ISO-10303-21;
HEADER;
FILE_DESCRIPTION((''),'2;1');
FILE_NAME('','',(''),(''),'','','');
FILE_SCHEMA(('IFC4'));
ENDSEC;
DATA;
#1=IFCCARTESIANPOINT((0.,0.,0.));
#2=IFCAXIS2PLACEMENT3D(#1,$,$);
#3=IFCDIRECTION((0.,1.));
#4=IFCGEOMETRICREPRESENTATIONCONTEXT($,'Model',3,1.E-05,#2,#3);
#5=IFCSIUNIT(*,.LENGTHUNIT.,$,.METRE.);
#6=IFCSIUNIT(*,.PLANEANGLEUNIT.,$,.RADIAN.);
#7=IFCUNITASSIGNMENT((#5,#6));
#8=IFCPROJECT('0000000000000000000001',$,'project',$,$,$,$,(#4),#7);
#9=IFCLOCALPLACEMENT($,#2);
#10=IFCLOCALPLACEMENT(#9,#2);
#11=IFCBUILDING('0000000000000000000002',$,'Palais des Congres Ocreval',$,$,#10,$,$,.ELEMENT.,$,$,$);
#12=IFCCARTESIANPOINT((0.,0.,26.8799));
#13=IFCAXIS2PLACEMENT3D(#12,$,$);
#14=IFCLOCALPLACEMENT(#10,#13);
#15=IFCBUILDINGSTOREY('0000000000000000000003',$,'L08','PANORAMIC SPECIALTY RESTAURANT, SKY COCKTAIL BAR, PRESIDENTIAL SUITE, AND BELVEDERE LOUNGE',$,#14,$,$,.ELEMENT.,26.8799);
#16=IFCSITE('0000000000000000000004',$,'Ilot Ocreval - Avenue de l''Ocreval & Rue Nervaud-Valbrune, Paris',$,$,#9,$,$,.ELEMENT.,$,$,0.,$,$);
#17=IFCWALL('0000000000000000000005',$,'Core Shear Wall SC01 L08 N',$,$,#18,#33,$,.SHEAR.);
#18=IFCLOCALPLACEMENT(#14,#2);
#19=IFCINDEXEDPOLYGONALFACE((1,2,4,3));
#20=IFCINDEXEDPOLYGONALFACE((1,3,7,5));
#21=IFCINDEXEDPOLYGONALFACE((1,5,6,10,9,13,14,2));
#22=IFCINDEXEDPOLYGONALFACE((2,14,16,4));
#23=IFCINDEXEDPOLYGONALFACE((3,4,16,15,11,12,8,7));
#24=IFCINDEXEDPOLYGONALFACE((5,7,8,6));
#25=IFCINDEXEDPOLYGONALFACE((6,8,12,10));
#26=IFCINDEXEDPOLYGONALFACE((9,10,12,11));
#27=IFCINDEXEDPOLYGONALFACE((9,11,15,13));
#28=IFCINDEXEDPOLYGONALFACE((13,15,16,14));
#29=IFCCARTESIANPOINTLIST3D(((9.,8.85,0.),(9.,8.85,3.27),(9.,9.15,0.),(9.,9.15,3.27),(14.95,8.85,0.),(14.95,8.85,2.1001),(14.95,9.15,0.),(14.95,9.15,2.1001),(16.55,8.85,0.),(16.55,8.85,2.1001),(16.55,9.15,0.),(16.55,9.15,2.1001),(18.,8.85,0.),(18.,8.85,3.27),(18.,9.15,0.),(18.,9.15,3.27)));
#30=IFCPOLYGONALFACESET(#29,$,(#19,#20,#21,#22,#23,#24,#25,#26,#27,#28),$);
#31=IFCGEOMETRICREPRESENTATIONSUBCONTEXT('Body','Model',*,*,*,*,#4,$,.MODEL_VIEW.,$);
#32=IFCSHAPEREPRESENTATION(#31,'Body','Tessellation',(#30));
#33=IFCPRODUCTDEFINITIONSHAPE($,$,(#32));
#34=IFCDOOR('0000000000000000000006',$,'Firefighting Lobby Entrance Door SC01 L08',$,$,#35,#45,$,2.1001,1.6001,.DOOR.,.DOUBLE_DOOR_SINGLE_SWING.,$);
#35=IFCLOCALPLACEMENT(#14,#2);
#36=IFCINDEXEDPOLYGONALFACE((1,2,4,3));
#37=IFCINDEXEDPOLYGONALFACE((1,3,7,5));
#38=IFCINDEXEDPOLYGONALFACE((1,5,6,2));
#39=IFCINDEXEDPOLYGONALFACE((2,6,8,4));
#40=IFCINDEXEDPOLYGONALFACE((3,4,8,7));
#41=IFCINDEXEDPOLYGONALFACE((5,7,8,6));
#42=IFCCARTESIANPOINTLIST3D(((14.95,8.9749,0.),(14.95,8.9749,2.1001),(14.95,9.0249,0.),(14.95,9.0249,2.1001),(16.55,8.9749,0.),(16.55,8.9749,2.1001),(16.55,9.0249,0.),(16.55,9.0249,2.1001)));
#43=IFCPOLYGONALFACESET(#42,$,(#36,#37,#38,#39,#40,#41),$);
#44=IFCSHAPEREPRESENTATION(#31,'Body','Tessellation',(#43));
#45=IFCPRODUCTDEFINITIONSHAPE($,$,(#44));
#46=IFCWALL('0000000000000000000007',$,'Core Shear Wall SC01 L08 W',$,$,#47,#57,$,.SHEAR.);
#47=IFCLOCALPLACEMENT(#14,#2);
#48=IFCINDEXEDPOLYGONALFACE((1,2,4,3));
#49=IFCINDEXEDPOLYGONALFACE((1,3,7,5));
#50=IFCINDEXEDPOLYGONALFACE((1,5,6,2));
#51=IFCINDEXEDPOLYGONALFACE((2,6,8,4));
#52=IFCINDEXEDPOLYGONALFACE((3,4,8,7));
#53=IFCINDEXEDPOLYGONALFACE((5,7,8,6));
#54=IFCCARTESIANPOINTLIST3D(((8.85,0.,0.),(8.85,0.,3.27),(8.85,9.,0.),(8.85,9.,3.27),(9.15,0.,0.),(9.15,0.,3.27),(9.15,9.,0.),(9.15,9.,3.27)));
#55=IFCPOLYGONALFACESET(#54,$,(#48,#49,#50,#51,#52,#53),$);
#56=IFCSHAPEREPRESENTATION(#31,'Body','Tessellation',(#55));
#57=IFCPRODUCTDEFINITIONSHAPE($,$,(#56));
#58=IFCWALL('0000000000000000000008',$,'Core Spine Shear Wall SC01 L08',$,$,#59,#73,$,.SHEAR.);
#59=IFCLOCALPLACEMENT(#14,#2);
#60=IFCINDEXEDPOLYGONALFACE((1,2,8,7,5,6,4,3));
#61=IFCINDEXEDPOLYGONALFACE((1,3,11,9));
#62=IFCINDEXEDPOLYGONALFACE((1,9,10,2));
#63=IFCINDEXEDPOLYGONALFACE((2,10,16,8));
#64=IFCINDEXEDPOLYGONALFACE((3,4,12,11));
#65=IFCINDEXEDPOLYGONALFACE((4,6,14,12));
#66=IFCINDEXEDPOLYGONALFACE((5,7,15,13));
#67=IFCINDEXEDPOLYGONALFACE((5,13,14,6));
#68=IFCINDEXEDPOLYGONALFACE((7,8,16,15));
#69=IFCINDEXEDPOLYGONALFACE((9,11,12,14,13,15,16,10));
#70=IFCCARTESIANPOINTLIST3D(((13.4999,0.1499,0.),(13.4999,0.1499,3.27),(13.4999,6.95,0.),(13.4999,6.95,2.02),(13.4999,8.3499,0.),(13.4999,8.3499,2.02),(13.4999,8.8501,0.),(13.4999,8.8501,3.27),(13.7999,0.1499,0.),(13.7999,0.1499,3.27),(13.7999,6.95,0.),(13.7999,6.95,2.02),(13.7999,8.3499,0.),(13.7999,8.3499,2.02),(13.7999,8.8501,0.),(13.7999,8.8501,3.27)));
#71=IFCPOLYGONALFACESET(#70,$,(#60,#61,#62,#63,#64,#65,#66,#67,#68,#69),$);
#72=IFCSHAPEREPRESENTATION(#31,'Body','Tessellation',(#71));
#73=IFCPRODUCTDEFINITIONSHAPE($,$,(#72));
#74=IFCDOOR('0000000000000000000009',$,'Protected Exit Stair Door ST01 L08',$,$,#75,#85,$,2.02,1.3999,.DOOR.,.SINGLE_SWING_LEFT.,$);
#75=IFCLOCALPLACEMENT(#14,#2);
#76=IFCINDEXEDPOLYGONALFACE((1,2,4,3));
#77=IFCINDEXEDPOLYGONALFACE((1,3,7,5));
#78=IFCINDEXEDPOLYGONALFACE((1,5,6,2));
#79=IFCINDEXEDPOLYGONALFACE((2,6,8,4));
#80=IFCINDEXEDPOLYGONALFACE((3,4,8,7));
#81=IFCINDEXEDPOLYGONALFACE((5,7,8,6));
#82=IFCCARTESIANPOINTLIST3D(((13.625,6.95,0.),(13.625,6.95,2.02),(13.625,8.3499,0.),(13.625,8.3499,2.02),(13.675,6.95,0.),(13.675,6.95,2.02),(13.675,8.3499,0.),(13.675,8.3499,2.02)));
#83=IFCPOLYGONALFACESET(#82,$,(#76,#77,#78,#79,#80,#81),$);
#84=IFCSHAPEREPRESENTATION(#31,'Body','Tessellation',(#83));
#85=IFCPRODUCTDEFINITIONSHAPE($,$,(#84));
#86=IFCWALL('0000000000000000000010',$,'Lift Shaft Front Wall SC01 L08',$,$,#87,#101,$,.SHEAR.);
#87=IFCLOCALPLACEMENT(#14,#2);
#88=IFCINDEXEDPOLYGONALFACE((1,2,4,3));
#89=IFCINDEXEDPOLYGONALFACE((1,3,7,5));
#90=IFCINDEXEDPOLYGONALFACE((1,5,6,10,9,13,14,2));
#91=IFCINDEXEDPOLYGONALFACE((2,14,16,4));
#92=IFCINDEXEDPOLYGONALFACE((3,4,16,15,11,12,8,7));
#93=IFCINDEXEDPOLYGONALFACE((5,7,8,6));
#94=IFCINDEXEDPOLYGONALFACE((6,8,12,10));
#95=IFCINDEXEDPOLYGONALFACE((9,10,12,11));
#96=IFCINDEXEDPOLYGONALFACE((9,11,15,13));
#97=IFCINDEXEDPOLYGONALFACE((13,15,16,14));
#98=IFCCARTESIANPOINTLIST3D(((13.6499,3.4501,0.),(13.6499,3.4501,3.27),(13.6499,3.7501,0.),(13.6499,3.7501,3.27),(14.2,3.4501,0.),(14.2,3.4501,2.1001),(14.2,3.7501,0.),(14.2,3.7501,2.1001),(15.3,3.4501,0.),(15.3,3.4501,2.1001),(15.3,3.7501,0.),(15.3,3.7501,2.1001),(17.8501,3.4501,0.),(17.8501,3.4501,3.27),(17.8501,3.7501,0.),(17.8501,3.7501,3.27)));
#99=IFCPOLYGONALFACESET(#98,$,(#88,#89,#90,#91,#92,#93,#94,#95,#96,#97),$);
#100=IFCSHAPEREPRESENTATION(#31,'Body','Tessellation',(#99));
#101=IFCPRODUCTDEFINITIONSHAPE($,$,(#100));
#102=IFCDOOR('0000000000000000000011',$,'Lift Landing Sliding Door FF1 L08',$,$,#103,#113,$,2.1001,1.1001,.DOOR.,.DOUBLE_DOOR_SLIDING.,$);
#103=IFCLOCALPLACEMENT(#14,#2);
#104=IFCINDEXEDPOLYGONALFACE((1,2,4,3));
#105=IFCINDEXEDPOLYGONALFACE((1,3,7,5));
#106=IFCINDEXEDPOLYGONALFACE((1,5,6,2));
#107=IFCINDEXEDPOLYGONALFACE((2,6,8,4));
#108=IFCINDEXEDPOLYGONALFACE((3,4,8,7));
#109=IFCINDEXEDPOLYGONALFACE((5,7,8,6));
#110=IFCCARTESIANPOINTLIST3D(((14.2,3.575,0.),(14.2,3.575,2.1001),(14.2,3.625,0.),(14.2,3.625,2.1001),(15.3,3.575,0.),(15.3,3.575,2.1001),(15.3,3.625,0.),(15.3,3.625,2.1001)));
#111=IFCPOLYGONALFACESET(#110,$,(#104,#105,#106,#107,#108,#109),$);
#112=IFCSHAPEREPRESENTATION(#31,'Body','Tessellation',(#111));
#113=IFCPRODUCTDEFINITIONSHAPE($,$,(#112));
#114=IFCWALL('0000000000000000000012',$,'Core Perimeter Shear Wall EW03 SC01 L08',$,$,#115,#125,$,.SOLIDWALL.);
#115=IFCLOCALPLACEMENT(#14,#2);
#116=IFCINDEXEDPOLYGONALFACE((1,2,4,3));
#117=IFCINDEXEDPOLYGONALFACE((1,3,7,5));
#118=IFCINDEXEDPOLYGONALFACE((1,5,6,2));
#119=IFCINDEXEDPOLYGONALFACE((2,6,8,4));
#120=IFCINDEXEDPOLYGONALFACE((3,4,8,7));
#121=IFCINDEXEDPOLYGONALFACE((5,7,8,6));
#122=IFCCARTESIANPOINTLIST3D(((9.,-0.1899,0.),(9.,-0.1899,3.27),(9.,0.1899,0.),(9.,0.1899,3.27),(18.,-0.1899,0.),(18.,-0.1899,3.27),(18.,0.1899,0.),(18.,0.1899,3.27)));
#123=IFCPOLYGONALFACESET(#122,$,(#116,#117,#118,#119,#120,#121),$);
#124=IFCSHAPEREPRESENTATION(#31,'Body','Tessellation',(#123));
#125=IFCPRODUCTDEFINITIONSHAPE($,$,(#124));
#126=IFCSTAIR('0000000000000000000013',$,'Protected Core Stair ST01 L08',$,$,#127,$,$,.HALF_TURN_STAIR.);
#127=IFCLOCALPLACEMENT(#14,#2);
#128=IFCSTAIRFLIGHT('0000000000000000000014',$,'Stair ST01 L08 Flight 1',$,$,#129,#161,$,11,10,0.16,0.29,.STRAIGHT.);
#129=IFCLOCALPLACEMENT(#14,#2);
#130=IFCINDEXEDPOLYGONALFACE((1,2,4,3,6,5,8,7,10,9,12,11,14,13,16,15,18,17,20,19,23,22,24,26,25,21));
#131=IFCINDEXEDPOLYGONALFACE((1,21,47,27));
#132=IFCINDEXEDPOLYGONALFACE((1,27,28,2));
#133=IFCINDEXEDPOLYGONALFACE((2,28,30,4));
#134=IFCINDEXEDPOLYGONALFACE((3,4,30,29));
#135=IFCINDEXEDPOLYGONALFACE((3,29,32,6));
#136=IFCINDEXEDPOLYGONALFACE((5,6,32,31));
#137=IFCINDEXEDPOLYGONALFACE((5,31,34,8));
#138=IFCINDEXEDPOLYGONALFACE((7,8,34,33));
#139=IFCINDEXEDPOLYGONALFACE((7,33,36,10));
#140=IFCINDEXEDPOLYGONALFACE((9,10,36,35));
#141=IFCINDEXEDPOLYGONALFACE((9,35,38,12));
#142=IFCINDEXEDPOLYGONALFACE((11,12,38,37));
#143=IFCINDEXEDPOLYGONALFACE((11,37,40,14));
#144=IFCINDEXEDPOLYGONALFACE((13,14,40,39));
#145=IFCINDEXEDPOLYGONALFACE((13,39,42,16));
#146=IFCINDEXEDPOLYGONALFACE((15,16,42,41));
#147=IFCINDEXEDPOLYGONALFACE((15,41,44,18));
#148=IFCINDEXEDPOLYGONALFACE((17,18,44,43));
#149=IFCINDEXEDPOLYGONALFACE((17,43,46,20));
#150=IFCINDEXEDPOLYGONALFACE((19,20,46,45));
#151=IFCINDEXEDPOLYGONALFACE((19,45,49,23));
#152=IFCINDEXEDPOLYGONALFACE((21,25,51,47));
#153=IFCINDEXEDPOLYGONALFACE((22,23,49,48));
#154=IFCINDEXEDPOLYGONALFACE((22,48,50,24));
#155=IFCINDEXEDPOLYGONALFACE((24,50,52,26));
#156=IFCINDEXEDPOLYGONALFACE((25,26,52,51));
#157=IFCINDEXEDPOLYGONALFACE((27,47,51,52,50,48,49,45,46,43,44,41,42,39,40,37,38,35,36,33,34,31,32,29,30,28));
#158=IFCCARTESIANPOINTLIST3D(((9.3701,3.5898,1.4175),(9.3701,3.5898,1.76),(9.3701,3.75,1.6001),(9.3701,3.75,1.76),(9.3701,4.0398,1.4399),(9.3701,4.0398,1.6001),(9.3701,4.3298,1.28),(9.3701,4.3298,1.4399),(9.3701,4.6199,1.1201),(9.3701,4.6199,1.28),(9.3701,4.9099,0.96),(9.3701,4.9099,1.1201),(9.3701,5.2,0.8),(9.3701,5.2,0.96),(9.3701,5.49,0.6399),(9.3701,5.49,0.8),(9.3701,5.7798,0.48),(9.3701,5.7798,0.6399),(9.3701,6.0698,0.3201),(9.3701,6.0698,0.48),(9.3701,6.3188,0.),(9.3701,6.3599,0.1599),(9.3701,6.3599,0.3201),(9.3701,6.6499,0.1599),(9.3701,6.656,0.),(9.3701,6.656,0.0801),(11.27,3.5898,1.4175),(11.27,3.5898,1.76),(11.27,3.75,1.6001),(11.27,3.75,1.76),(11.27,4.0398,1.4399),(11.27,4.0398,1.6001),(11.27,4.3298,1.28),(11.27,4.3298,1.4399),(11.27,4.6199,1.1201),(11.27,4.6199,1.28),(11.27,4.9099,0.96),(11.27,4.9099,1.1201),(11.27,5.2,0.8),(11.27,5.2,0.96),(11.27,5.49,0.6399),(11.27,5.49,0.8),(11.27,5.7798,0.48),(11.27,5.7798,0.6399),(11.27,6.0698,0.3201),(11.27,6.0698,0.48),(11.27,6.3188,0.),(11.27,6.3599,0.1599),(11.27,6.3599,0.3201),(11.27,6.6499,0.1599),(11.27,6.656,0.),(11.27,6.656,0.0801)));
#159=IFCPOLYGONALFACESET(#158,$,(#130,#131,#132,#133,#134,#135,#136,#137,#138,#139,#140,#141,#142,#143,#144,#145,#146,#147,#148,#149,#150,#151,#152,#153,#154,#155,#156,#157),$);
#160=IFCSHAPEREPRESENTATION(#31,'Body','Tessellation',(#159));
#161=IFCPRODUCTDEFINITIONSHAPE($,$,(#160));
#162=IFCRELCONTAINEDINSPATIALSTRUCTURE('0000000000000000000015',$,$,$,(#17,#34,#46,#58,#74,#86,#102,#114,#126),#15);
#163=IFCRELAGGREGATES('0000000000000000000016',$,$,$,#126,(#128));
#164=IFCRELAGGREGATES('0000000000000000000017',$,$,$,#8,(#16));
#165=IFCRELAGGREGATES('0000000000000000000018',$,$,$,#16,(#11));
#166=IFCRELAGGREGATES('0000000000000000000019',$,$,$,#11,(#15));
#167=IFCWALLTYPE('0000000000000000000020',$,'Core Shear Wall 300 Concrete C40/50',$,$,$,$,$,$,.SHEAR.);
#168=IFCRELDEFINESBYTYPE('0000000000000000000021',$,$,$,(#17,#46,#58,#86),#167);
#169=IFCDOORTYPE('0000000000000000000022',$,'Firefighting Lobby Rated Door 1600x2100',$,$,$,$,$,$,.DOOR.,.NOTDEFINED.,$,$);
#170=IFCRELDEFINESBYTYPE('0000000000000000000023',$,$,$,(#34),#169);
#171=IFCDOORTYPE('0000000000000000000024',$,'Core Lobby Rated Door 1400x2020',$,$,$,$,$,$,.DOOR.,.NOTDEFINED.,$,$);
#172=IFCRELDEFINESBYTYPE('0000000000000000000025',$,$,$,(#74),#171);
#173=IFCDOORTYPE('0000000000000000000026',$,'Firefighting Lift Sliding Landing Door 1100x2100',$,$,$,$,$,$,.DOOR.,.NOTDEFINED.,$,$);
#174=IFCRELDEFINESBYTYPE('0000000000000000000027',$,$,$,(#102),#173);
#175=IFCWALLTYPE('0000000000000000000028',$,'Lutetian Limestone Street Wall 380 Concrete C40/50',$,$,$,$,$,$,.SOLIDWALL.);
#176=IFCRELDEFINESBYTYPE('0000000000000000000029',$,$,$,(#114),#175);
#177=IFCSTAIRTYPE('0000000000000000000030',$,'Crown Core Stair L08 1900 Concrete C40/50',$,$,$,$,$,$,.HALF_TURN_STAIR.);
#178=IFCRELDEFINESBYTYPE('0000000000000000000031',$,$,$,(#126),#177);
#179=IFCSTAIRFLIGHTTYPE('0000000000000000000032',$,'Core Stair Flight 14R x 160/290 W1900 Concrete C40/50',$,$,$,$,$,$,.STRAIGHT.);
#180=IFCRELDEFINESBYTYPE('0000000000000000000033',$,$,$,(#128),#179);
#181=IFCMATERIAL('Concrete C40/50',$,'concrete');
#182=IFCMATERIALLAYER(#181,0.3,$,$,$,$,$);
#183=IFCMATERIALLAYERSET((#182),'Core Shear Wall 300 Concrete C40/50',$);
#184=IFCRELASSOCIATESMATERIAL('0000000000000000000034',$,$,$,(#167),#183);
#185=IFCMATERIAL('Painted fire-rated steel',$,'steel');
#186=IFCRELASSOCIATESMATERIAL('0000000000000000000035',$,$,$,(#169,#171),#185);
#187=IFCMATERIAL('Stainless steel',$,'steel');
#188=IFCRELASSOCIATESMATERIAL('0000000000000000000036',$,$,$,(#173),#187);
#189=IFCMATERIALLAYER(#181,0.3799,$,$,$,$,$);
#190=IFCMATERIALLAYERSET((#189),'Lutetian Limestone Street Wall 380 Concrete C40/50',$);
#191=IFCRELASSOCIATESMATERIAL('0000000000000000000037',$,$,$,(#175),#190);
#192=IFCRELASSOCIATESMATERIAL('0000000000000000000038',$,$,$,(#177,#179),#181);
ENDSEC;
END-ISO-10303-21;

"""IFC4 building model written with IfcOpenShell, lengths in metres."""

from ifc_helpers import new_model, si_unit, direction, frame, frame_2d, origin, place, context, subcontext, project, spatial, polyline, rectangle, outline, extrude, material, layer, layer_set, type_object, element, fill, aggregate, save


model = new_model("IFC4")

# Units and contexts
model_context = context("Model", 3, precision=1e-05, world=origin(), true_north=direction((0.0, 1.0)))
body_context = subcontext(model_context, "Body", "Model", "MODEL_VIEW")
ifc_project = project(units=[si_unit("LENGTHUNIT", "METRE"), si_unit("PLANEANGLEUNIT", "RADIAN")], contexts=[model_context])

# Site, building, storey
site_placement = place(None, origin())
site = spatial("IfcSite", under=ifc_project, at=site_placement, Name="Ilot Ocreval - Avenue de l'Ocreval & Rue Nervaud-Valbrune, Paris", CompositionType="ELEMENT", RefElevation=0.0)
building_placement = place(site_placement, origin())
building = spatial("IfcBuilding", under=site, at=building_placement, Name="Palais des Congres Ocreval", CompositionType="ELEMENT")
storey_placement = place(building_placement, frame((0.0, 0.0, 26.8799)))
storey = spatial("IfcBuildingStorey", under=building, at=storey_placement, Name="L08", Description="PANORAMIC SPECIALTY RESTAURANT, SKY COCKTAIL BAR, PRESIDENTIAL SUITE, AND BELVEDERE LOUNGE", CompositionType="ELEMENT", Elevation=26.8799)

# Wall, opening, door
ifc_material_1 = material(Name="Concrete C40/50", Category="concrete")
ifc_layer_1 = layer(ifc_material_1, 0.3)
ifc_layer_set_1 = layer_set([ifc_layer_1], Name="Core Shear Wall 300 Concrete C40/50")
wall_type_1 = type_object("IfcWallType", Name="Core Shear Wall 300 Concrete C40/50", PredefinedType="SHEAR", material=ifc_layer_set_1)
wall_1_placement = place(storey_placement, frame((9.0, 9.0, 0.0), z_axis=(0.0, 0.0, 1.0), x_axis=(1.0, 0.0, 0.0)))
wall_1 = element("IfcWall", 1, at=wall_1_placement, inside=storey, type_object=wall_type_1, Name="Core Shear Wall SC01 L08 N", PredefinedType="SHEAR", context=body_context, shape_type="SweptSolid", body=[
    extrude(rectangle(XDim=9.0, YDim=0.3, at=frame_2d((4.5, 0.0))), origin(), (0.0, 0.0, 1.0), 3.27),
])
opening_1_placement = place(wall_1_placement, frame((5.95, 0.0, 0.0)))
opening_1 = element("IfcOpeningElement", 2, at=opening_1_placement, cuts=wall_1, PredefinedType="OPENING", context=body_context, shape_type="SweptSolid", body=[
    extrude(rectangle(XDim=1.6001, YDim=2.1001, at=frame_2d((0.8, 1.05))), frame((0.0, 0.1599, 0.0), z_axis=(0.0, -1.0, 0.0), x_axis=(1.0, 0.0, 0.0)), (0.0, 0.0, 1.0), 0.3201),
])
ifc_material_2 = material(Name="Painted fire-rated steel", Category="steel")
door_type_1 = type_object("IfcDoorType", Name="Firefighting Lobby Rated Door 1600x2100", OperationType="NOTDEFINED", PredefinedType="DOOR", material=ifc_material_2)
door_1_placement = place(opening_1_placement, origin())
door_1 = element("IfcDoor", 3, at=door_1_placement, inside=storey, type_object=door_type_1, Name="Firefighting Lobby Entrance Door SC01 L08", OperationType="DOUBLE_DOOR_SINGLE_SWING", OverallHeight=2.1001, OverallWidth=1.6001, PredefinedType="DOOR", context=body_context, shape_type="SweptSolid", body=[
    extrude(rectangle(XDim=1.6001, YDim=2.1001, at=frame_2d((0.8, 1.05))), frame((0.0, 0.0249, 0.0), z_axis=(0.0, -1.0, 0.0), x_axis=(1.0, 0.0, 0.0)), (0.0, 0.0, 1.0), 0.05),
])
fill(opening_1, door_1)

# Wall
wall_2_placement = place(storey_placement, frame((9.0, 0.0, 0.0), z_axis=(0.0, 0.0, 1.0), x_axis=(0.0, 1.0, 0.0)))
element("IfcWall", 4, at=wall_2_placement, inside=storey, type_object=wall_type_1, Name="Core Shear Wall SC01 L08 W", PredefinedType="SHEAR", context=body_context, shape_type="SweptSolid", body=[
    extrude(rectangle(XDim=9.0, YDim=0.3, at=frame_2d((4.5, 0.0))), origin(), (0.0, 0.0, 1.0), 3.27),
])

# Walls, openings, doors
wall_3_placement = place(storey_placement, frame((13.6499, 0.1499, 0.0), z_axis=(0.0, 0.0, 1.0), x_axis=(0.0, 1.0, 0.0)))
wall_3 = element("IfcWall", 5, at=wall_3_placement, inside=storey, type_object=wall_type_1, Name="Core Spine Shear Wall SC01 L08", PredefinedType="SHEAR", context=body_context, shape_type="SweptSolid", body=[
    extrude(rectangle(XDim=8.7002, YDim=0.3, at=frame_2d((4.3501, 0.0))), origin(), (0.0, 0.0, 1.0), 3.27),
])
opening_2_placement = place(wall_3_placement, frame((6.8, 0.0, 0.0)))
opening_2 = element("IfcOpeningElement", 6, at=opening_2_placement, cuts=wall_3, PredefinedType="OPENING", context=body_context, shape_type="SweptSolid", body=[
    extrude(rectangle(XDim=1.3999, YDim=2.02, at=frame_2d((0.7, 1.01))), frame((0.0, 0.1599, 0.0), z_axis=(0.0, -1.0, 0.0), x_axis=(1.0, 0.0, 0.0)), (0.0, 0.0, 1.0), 0.3201),
])
door_type_2 = type_object("IfcDoorType", Name="Core Lobby Rated Door 1400x2020", OperationType="NOTDEFINED", PredefinedType="DOOR", material=ifc_material_2)
door_2_placement = place(opening_2_placement, origin())
door_2 = element("IfcDoor", 7, at=door_2_placement, inside=storey, type_object=door_type_2, Name="Protected Exit Stair Door ST01 L08", OperationType="SINGLE_SWING_LEFT", OverallHeight=2.02, OverallWidth=1.3999, PredefinedType="DOOR", context=body_context, shape_type="SweptSolid", body=[
    extrude(rectangle(XDim=1.3999, YDim=2.02, at=frame_2d((0.7, 1.01))), frame((0.0, 0.0249, 0.0), z_axis=(0.0, -1.0, 0.0), x_axis=(1.0, 0.0, 0.0)), (0.0, 0.0, 1.0), 0.05),
])
fill(opening_2, door_2)
wall_4_placement = place(storey_placement, frame((13.6499, 3.6001, 0.0), z_axis=(0.0, 0.0, 1.0), x_axis=(1.0, 0.0, 0.0)))
wall_4 = element("IfcWall", 8, at=wall_4_placement, inside=storey, type_object=wall_type_1, Name="Lift Shaft Front Wall SC01 L08", PredefinedType="SHEAR", context=body_context, shape_type="SweptSolid", body=[
    extrude(rectangle(XDim=4.2002, YDim=0.3, at=frame_2d((2.1001, 0.0))), origin(), (0.0, 0.0, 1.0), 3.27),
])
opening_3_placement = place(wall_4_placement, frame((0.55, 0.0, 0.0)))
opening_3 = element("IfcOpeningElement", 9, at=opening_3_placement, cuts=wall_4, PredefinedType="OPENING", context=body_context, shape_type="SweptSolid", body=[
    extrude(rectangle(XDim=1.1001, YDim=2.1001, at=frame_2d((0.55, 1.05))), frame((0.0, 0.1599, 0.0), z_axis=(0.0, -1.0, 0.0), x_axis=(1.0, 0.0, 0.0)), (0.0, 0.0, 1.0), 0.3201),
])
ifc_material_3 = material(Name="Stainless steel", Category="steel")
door_type_3 = type_object("IfcDoorType", Name="Firefighting Lift Sliding Landing Door 1100x2100", OperationType="NOTDEFINED", PredefinedType="DOOR", material=ifc_material_3)
door_3_placement = place(opening_3_placement, origin())
door_3 = element("IfcDoor", 10, at=door_3_placement, inside=storey, type_object=door_type_3, Name="Lift Landing Sliding Door FF1 L08", OperationType="DOUBLE_DOOR_SLIDING", OverallHeight=2.1001, OverallWidth=1.1001, PredefinedType="DOOR", context=body_context, shape_type="SweptSolid", body=[
    extrude(rectangle(XDim=1.1001, YDim=2.1001, at=frame_2d((0.55, 1.05))), frame((0.0, 0.0249, 0.0), z_axis=(0.0, -1.0, 0.0), x_axis=(1.0, 0.0, 0.0)), (0.0, 0.0, 1.0), 0.05),
])
fill(opening_3, door_3)

# Wall
ifc_layer_2 = layer(ifc_material_1, 0.3799)
ifc_layer_set_2 = layer_set([ifc_layer_2], Name="Lutetian Limestone Street Wall 380 Concrete C40/50")
wall_type_2 = type_object("IfcWallType", Name="Lutetian Limestone Street Wall 380 Concrete C40/50", PredefinedType="SOLIDWALL", material=ifc_layer_set_2)
wall_5_placement = place(storey_placement, frame((18.0, 0.0, 0.0), z_axis=(0.0, 0.0, 1.0), x_axis=(-1.0, 0.0, 0.0)))
element("IfcWall", 11, at=wall_5_placement, inside=storey, type_object=wall_type_2, Name="Core Perimeter Shear Wall EW03 SC01 L08", PredefinedType="SOLIDWALL", context=body_context, shape_type="SweptSolid", body=[
    extrude(rectangle(XDim=9.0, YDim=0.3799, at=frame_2d((4.5, 0.0))), origin(), (0.0, 0.0, 1.0), 3.27),
])

# Stair, stair flight
stair_type = type_object("IfcStairType", Name="Crown Core Stair L08 1900 Concrete C40/50", PredefinedType="HALF_TURN_STAIR", material=ifc_material_1)
stair_placement = place(storey_placement, origin())
stair = element("IfcStair", 12, at=stair_placement, inside=storey, type_object=stair_type, Name="Protected Core Stair ST01 L08", PredefinedType="HALF_TURN_STAIR")
stair_flight_type = type_object("IfcStairFlightType", Name="Core Stair Flight 14R x 160/290 W1900 Concrete C40/50", PredefinedType="STRAIGHT", material=ifc_material_1)
stair_flight_1_placement = place(storey_placement, frame((10.3201, 6.6499, 0.0), z_axis=(0.0, 0.0, 1.0), x_axis=(0.0, -1.0, 0.0)))
stair_flight_1 = element("IfcStairFlight", 13, at=stair_flight_1_placement, type_object=stair_flight_type, Name="Stair ST01 L08 Flight 1", NumberOfRisers=11, NumberOfTreads=10, PredefinedType="STRAIGHT", RiserHeight=0.16, TreadLength=0.29, context=body_context, shape_type="SweptSolid", body=[
    extrude(outline(polyline([(-0.0061, 0.0), (-0.0061, 0.0801), (0.0, 0.1599), (0.29, 0.1599), (0.29, 0.3201), (0.5801, 0.3201), (0.5801, 0.48), (0.8701, 0.48), (0.8701, 0.6399), (1.1599, 0.6399), (1.1599, 0.8), (1.45, 0.8), (1.45, 0.96), (1.74, 0.96), (1.74, 1.1201), (2.03, 1.1201), (2.03, 1.28), (2.3201, 1.28), (2.3201, 1.4399), (2.6101, 1.4399), (2.6101, 1.6001), (2.8999, 1.6001), (2.8999, 1.76), (3.0601, 1.76), (3.0601, 1.4175), (0.3311, 0.0), (-0.0061, 0.0)])), frame((0.0, 0.95, 0.0), z_axis=(0.0, -1.0, 0.0), x_axis=(1.0, 0.0, 0.0)), (0.0, 0.0, 1.0), 1.8999),
])
aggregate(stair, [stair_flight_1])

save(model, "model.ifc")
